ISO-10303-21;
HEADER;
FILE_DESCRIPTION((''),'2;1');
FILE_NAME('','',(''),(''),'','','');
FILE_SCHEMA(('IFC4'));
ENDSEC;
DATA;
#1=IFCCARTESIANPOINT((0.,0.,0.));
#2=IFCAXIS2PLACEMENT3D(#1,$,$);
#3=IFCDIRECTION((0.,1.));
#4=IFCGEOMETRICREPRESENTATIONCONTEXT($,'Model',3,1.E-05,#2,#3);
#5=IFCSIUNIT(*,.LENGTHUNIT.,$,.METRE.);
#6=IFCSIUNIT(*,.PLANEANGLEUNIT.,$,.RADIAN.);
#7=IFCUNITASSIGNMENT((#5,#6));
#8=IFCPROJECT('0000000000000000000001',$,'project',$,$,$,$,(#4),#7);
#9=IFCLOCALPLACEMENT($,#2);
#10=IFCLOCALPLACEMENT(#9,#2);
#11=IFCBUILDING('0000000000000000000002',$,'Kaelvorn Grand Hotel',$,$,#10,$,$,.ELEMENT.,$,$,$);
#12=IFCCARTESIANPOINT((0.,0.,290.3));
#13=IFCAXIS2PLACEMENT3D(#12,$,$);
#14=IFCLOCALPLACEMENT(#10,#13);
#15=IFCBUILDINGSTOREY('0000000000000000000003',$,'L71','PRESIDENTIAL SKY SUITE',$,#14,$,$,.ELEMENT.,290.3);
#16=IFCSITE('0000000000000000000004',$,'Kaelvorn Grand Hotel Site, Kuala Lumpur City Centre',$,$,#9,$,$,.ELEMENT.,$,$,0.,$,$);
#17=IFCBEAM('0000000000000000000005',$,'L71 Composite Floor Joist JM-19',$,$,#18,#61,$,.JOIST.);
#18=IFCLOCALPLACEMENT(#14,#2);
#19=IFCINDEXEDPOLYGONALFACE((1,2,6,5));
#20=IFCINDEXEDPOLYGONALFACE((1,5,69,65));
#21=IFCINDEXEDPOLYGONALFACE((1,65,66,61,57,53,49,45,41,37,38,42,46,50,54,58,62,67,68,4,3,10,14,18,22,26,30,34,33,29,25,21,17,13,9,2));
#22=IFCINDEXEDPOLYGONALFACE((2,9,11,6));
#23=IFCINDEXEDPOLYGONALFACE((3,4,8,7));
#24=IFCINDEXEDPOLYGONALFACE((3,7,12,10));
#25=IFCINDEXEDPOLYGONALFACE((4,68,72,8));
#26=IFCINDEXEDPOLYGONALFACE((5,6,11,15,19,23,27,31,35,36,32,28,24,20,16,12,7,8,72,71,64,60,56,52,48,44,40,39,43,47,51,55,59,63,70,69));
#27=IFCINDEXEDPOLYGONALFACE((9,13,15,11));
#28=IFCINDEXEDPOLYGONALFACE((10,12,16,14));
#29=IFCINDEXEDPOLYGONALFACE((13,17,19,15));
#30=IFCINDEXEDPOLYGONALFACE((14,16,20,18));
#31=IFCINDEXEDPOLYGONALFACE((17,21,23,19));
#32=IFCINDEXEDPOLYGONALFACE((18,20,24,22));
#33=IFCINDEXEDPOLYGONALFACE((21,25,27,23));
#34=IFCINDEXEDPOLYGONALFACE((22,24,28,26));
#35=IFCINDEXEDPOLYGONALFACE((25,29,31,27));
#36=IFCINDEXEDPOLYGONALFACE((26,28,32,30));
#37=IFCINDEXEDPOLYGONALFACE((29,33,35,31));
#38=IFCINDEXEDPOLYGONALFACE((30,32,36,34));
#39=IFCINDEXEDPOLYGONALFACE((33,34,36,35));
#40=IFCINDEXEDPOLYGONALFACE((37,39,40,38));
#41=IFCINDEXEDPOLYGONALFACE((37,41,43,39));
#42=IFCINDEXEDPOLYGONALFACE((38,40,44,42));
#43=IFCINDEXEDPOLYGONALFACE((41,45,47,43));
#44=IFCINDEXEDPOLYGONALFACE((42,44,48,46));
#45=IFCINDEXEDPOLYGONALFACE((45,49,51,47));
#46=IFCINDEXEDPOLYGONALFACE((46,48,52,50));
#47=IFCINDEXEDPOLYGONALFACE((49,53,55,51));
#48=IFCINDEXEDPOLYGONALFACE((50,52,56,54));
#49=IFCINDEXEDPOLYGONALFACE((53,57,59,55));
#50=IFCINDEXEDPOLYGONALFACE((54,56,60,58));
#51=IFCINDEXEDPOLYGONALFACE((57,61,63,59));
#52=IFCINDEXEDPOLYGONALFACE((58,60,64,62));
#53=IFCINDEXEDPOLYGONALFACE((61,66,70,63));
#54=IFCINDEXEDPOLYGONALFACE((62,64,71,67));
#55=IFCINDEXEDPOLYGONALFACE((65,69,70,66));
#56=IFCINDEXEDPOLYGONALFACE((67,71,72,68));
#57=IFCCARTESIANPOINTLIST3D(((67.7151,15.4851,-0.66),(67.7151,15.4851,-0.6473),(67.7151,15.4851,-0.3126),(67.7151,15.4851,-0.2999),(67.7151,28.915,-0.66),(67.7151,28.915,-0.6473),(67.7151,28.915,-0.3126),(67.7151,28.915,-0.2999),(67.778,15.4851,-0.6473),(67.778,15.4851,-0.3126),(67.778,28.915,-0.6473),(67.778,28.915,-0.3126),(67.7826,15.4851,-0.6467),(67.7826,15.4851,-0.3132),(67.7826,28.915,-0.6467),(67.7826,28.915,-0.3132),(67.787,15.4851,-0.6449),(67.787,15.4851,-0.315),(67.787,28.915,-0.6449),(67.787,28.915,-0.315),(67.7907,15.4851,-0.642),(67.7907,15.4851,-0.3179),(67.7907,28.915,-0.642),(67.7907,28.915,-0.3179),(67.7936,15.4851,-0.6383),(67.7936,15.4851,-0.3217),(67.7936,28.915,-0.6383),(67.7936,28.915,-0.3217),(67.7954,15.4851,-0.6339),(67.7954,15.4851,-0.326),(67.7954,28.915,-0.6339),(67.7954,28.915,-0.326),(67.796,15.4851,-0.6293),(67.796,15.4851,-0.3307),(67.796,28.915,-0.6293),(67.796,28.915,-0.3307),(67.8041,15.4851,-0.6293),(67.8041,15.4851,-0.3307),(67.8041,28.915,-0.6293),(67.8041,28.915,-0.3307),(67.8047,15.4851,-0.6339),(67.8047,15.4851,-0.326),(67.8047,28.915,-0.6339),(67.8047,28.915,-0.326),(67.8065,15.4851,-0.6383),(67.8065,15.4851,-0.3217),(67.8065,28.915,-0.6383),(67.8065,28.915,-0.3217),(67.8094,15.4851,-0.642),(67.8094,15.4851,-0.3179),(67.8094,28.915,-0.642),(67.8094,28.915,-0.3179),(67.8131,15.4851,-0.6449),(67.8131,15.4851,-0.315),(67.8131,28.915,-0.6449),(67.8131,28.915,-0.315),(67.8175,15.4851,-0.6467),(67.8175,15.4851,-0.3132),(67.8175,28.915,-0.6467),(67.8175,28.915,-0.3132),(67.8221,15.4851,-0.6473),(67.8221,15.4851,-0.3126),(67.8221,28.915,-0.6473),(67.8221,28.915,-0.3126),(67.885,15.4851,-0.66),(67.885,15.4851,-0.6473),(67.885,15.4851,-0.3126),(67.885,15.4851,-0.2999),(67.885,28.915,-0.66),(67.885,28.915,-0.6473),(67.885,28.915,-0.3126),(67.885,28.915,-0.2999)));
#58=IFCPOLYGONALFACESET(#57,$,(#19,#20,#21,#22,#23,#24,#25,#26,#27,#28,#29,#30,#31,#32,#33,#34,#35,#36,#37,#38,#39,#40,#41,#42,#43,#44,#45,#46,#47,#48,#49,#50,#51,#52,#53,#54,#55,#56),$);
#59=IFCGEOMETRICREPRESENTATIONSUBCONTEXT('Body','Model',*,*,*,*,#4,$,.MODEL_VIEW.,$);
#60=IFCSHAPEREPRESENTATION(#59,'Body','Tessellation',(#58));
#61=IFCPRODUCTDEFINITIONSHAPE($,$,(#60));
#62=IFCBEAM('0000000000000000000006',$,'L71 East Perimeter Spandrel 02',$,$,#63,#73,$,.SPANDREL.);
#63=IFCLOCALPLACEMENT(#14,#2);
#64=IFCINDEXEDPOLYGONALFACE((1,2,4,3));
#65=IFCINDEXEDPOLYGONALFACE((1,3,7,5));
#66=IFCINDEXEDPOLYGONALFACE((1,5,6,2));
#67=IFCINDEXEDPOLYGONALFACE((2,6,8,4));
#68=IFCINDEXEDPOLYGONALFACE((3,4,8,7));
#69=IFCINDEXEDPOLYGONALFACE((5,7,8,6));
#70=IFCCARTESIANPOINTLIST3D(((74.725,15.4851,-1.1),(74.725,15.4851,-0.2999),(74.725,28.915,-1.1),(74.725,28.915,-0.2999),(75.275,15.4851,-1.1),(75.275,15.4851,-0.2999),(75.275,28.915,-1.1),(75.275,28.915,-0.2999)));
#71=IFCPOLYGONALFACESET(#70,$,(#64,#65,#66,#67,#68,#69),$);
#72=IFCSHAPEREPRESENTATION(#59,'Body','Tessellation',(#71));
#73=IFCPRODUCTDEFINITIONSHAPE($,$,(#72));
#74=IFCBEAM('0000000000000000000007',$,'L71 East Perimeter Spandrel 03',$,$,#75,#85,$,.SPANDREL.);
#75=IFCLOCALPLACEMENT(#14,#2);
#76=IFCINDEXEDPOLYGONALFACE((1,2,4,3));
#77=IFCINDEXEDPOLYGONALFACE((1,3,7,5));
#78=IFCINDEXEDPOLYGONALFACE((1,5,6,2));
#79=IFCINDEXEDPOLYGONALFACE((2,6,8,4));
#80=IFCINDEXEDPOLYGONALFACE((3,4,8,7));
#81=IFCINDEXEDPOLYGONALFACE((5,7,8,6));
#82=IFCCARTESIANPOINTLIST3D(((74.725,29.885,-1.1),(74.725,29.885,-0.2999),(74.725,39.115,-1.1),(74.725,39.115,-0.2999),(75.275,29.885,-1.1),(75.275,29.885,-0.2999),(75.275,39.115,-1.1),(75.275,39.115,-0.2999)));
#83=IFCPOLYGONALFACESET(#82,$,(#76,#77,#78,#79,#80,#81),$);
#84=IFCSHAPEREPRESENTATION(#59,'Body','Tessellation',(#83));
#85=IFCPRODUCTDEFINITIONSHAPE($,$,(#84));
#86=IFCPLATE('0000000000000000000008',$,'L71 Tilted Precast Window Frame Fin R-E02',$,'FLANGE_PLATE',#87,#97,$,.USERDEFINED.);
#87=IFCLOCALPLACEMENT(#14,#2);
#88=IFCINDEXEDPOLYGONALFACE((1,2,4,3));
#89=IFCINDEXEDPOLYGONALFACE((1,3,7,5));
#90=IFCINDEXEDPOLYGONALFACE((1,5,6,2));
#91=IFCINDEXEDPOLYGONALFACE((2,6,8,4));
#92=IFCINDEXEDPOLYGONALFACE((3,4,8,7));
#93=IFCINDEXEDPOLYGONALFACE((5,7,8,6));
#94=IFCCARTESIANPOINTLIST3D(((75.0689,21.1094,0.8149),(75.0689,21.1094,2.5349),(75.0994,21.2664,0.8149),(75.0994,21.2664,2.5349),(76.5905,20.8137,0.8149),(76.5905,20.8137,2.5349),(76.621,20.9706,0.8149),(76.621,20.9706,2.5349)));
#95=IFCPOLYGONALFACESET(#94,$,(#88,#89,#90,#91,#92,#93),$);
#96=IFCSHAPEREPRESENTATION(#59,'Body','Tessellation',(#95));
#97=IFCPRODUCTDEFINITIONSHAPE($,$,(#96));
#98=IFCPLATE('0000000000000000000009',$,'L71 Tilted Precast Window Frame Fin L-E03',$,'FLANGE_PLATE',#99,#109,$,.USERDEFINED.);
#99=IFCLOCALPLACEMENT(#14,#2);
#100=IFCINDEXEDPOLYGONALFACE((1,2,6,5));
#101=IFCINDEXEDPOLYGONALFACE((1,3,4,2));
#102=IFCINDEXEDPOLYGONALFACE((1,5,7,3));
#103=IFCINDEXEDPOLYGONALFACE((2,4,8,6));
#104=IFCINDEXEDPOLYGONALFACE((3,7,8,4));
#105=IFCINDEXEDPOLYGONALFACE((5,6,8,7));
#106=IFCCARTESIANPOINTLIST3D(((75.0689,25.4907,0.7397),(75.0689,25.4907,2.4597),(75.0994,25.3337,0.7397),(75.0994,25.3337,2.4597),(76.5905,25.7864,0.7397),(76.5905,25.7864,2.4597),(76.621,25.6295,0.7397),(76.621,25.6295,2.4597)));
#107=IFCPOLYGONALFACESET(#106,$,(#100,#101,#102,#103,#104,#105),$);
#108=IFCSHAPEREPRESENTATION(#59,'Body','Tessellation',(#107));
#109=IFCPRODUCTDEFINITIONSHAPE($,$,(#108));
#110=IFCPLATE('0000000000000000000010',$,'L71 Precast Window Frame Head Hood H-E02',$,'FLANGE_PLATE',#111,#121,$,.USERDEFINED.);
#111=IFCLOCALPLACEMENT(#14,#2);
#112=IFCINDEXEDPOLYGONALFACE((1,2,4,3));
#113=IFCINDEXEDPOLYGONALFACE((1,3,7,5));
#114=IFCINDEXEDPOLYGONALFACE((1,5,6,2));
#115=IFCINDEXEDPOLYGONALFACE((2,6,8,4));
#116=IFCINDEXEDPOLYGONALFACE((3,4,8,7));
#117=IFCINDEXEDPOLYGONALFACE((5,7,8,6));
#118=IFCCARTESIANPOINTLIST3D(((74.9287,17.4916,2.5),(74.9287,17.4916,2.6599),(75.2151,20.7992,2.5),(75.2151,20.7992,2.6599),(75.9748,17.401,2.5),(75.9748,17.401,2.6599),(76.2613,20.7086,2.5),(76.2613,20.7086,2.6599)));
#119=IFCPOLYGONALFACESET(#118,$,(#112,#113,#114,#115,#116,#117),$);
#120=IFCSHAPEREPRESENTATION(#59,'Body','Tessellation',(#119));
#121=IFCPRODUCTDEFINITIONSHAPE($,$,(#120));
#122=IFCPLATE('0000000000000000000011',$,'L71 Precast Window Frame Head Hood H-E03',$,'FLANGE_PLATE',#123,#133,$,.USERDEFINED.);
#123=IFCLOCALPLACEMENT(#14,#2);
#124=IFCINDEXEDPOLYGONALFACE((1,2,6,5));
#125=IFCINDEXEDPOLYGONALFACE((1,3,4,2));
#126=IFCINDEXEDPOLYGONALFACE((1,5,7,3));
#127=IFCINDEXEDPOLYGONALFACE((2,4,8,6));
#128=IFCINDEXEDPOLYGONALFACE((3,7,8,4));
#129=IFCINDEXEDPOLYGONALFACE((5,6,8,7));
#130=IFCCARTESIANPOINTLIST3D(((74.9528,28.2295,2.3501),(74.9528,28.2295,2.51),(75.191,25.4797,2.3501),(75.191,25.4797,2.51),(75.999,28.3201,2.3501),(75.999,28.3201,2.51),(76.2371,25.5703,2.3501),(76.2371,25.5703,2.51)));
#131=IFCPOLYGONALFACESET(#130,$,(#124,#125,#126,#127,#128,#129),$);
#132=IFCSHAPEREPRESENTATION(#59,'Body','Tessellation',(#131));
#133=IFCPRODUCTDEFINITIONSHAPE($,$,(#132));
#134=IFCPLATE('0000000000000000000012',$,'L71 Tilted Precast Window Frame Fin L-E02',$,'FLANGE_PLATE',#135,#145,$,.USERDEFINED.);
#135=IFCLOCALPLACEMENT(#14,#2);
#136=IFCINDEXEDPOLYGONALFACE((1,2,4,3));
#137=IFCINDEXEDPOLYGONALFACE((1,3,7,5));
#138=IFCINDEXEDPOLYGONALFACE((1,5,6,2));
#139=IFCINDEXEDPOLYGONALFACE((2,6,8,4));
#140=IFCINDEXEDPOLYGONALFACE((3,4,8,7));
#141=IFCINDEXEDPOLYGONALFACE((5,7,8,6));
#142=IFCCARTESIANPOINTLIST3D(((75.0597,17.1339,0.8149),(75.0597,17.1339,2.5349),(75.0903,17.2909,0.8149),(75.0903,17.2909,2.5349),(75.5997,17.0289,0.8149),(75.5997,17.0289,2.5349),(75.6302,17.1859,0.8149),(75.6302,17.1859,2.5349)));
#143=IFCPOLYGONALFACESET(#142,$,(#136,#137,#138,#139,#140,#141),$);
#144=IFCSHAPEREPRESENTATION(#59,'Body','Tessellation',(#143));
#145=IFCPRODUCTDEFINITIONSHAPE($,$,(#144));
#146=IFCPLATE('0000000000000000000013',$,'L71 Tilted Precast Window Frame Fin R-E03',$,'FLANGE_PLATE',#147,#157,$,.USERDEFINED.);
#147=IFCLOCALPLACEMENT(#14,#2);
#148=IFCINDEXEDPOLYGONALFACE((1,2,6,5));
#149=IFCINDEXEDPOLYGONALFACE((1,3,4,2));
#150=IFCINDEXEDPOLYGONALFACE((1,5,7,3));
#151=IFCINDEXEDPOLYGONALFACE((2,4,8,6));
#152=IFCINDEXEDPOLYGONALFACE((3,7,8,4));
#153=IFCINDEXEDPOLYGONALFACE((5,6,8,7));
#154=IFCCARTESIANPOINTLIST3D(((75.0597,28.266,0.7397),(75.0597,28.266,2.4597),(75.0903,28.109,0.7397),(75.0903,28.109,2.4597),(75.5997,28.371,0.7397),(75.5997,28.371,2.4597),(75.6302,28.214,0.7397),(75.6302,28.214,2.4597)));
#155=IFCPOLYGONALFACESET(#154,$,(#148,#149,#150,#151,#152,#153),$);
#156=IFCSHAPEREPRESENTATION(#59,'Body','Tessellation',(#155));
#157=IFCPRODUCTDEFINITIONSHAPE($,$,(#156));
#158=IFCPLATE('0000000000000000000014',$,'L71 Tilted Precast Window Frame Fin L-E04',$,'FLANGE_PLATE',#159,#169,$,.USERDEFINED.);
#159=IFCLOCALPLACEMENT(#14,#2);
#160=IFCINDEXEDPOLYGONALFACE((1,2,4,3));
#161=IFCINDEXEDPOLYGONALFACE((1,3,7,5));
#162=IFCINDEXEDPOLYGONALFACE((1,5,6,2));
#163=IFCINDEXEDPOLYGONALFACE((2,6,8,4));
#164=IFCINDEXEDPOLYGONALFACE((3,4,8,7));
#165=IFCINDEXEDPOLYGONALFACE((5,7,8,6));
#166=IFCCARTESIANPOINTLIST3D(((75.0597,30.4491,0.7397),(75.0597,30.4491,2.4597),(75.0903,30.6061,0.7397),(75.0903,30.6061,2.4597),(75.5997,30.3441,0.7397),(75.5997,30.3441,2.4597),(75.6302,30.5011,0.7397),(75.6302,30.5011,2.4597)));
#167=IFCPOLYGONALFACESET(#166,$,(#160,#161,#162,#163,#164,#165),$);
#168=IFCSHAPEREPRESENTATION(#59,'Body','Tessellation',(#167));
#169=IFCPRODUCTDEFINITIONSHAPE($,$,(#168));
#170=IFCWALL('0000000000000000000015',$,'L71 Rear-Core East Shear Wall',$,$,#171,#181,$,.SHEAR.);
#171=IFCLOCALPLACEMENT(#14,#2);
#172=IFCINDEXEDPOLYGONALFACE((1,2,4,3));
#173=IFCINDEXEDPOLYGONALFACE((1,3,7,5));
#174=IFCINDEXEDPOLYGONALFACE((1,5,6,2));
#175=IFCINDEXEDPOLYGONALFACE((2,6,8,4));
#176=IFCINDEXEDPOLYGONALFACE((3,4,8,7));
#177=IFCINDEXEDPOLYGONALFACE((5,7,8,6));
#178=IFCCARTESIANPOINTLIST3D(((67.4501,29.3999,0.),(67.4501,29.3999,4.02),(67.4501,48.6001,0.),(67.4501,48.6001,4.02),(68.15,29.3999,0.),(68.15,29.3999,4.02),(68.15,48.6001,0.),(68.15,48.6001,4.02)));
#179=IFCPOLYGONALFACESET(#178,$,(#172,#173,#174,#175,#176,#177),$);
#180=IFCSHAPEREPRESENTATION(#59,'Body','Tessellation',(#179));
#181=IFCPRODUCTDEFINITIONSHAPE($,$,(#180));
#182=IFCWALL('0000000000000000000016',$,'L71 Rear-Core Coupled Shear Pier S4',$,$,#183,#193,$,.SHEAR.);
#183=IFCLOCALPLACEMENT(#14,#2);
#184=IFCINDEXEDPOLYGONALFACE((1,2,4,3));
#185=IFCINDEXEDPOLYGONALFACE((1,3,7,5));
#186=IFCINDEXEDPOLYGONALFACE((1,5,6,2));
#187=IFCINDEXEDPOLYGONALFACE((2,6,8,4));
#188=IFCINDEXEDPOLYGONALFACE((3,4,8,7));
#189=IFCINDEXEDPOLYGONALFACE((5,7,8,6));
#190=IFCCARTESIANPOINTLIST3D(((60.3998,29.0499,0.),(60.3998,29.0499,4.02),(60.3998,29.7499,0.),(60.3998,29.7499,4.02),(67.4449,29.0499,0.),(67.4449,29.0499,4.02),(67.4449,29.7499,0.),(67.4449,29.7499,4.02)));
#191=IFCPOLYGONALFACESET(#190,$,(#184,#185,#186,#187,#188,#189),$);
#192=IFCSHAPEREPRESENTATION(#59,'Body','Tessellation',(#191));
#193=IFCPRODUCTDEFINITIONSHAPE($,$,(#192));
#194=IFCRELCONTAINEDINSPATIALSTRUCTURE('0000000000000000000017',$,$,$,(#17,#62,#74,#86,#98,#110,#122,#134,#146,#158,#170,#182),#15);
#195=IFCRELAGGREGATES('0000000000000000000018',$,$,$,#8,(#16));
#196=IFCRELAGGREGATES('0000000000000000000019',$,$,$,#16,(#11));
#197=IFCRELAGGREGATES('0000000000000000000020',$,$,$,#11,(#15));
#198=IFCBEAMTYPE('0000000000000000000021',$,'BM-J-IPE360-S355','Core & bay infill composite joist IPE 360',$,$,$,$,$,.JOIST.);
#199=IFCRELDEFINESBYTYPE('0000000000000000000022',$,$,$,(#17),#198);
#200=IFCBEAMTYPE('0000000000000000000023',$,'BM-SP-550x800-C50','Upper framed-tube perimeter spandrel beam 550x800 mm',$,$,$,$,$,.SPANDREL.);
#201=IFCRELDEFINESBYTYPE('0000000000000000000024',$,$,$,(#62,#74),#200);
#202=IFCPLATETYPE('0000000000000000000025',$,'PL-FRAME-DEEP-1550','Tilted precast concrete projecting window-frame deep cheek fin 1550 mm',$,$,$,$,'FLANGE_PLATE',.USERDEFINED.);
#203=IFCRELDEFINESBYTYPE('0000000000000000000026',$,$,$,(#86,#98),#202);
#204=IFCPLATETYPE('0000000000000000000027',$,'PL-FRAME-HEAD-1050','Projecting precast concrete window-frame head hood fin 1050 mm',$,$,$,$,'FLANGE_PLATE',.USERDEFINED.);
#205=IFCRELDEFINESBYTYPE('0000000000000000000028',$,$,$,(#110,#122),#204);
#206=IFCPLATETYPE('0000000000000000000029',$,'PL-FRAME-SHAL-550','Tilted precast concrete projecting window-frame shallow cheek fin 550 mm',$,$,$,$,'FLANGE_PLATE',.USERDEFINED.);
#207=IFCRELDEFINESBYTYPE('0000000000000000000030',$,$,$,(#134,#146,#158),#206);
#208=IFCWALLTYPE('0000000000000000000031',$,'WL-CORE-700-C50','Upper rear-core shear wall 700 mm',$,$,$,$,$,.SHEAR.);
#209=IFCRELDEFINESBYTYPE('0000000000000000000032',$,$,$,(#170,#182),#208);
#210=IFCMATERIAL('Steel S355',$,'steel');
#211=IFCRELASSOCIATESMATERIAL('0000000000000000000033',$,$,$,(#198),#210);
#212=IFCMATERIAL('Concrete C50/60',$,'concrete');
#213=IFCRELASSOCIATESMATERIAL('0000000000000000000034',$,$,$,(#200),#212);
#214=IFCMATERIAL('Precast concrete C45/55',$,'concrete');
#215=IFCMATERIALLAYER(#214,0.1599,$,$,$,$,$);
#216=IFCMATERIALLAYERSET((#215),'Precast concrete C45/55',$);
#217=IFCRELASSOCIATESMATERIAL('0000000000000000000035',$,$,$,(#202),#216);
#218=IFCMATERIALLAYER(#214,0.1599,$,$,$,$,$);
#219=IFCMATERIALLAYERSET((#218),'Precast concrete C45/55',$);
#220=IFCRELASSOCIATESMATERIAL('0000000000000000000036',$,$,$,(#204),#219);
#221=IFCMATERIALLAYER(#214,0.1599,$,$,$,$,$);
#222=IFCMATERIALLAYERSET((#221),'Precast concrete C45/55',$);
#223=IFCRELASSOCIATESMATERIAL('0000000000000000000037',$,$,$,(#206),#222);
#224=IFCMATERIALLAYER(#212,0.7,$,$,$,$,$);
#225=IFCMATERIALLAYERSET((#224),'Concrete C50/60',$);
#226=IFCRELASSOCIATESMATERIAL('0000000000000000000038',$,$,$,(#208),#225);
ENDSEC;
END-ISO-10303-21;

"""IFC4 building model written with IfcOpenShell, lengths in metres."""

from ifc_helpers import new_model, si_unit, direction, frame, frame_2d, origin, origin_2d, place, context, subcontext, project, spatial, rectangle, i_section, extrude, material, layer, layer_set, material_profile, profile_set, type_object, element, save


model = new_model("IFC4")

# Units and contexts
model_context = context("Model", 3, precision=1e-05, world=origin(), true_north=direction((0.0, 1.0)))
body_context = subcontext(model_context, "Body", "Model", "MODEL_VIEW")
ifc_project = project(units=[si_unit("LENGTHUNIT", "METRE"), si_unit("PLANEANGLEUNIT", "RADIAN")], contexts=[model_context])

# Site, building, storey
site_placement = place(None, origin())
site = spatial("IfcSite", under=ifc_project, at=site_placement, Name="Kaelvorn Grand Hotel Site, Kuala Lumpur City Centre", CompositionType="ELEMENT", RefElevation=0.0)
building_placement = place(site_placement, origin())
building = spatial("IfcBuilding", under=site, at=building_placement, Name="Kaelvorn Grand Hotel", CompositionType="ELEMENT")
storey_placement = place(building_placement, frame((0.0, 0.0, 290.3)))
storey = spatial("IfcBuildingStorey", under=building, at=storey_placement, Name="L71", Description="PRESIDENTIAL SKY SUITE", CompositionType="ELEMENT", Elevation=290.3)

# Shared definitions
ifc_material_1 = material(Name="Concrete C50/60", Category="concrete")

# Beams
ifc_material_2 = material(Name="Steel S355", Category="steel")
ifc_material_profile_1 = material_profile(ifc_material_2, i_section(OverallWidth=0.1699, OverallDepth=0.3601, WebThickness=0.0081, FlangeThickness=0.0127, FilletRadius=0.0181, at=origin_2d()), Name="IPE 360")
ifc_profile_set_1 = profile_set([ifc_material_profile_1], Name="Steel S355")
beam_type_1 = type_object("IfcBeamType", Name="BM-J-IPE360-S355", Description="Core & bay infill composite joist IPE 360", PredefinedType="JOIST", material=ifc_profile_set_1)
beam_1_placement = place(storey_placement, frame((67.8, 15.4851, -0.48), z_axis=(0.0, 1.0, 0.0), x_axis=(-1.0, 0.0, 0.0)))
element("IfcBeam", 1, at=beam_1_placement, inside=storey, type_object=beam_type_1, Name="L71 Composite Floor Joist JM-19", PredefinedType="JOIST", context=body_context, shape_type="SweptSolid", body=[
    extrude(i_section(OverallWidth=0.1699, OverallDepth=0.3601, WebThickness=0.0081, FlangeThickness=0.0127, FilletRadius=0.0181, at=origin_2d()), origin(), (0.0, 0.0, 1.0), 13.4299),
])
ifc_material_profile_2 = material_profile(ifc_material_1, rectangle(XDim=0.55, YDim=0.8, at=origin_2d()), Name="RC SPANDREL 550x800")
ifc_profile_set_2 = profile_set([ifc_material_profile_2], Name="Concrete C50/60")
beam_type_2 = type_object("IfcBeamType", Name="BM-SP-550x800-C50", Description="Upper framed-tube perimeter spandrel beam 550x800 mm", PredefinedType="SPANDREL", material=ifc_profile_set_2)
beam_2_placement = place(storey_placement, frame((75.0, 15.4851, -0.7), z_axis=(0.0, 1.0, 0.0), x_axis=(-1.0, 0.0, 0.0)))
element("IfcBeam", 2, at=beam_2_placement, inside=storey, type_object=beam_type_2, Name="L71 East Perimeter Spandrel 02", PredefinedType="SPANDREL", context=body_context, shape_type="SweptSolid", body=[
    extrude(rectangle(XDim=0.55, YDim=0.8, at=origin_2d()), origin(), (0.0, 0.0, 1.0), 13.4299),
])
beam_3_placement = place(storey_placement, frame((75.0, 29.885, -0.7), z_axis=(0.0, 1.0, 0.0), x_axis=(-1.0, 0.0, 0.0)))
element("IfcBeam", 3, at=beam_3_placement, inside=storey, type_object=beam_type_2, Name="L71 East Perimeter Spandrel 03", PredefinedType="SPANDREL", context=body_context, shape_type="SweptSolid", body=[
    extrude(rectangle(XDim=0.55, YDim=0.8, at=origin_2d()), origin(), (0.0, 0.0, 1.0), 9.23),
])

# Plates
ifc_material_3 = material(Name="Precast concrete C45/55", Category="concrete")
ifc_layer_1 = layer(ifc_material_3, 0.1599)
ifc_layer_set_1 = layer_set([ifc_layer_1], Name="Precast concrete C45/55")
plate_type_1 = type_object("IfcPlateType", Name="PL-FRAME-DEEP-1550", Description="Tilted precast concrete projecting window-frame deep cheek fin 1550 mm", ElementType="FLANGE_PLATE", PredefinedType="USERDEFINED", material=ifc_layer_set_1)
for number, where, z_axis, x_axis, name in (
    (4, (75.845, 21.04, 0.8149), (0.0, 0.0, 1.0), (0.190809, 0.981627, 0.0), "L71 Tilted Precast Window Frame Fin R-E02"),
    (5, (75.845, 25.5601, 0.7397), (0.0, 0.0, 1.0), (-0.190809, 0.981627, 0.0), "L71 Tilted Precast Window Frame Fin L-E03"),
):
    element("IfcPlate", number, at=place(storey_placement, frame(where, z_axis=z_axis, x_axis=x_axis)), inside=storey, type_object=plate_type_1, Name=name, ObjectType="FLANGE_PLATE", PredefinedType="USERDEFINED", context=body_context, shape_type="SweptSolid", body=[
        extrude(rectangle(XDim=0.1599, YDim=1.55, at=origin_2d()), origin(), (0.0, 0.0, 1.0), 1.72),
    ])
ifc_layer_2 = layer(ifc_material_3, 0.1599)
ifc_layer_set_2 = layer_set([ifc_layer_2], Name="Precast concrete C45/55")
plate_type_2 = type_object("IfcPlateType", Name="PL-FRAME-HEAD-1050", Description="Projecting precast concrete window-frame head hood fin 1050 mm", ElementType="FLANGE_PLATE", PredefinedType="USERDEFINED", material=ifc_layer_set_2)
plate_1_placement = place(storey_placement, frame((75.595, 19.1001, 2.5), z_axis=(0.0, 0.0, 1.0), x_axis=(0.086286, 0.99627, 0.0)))
element("IfcPlate", 6, at=plate_1_placement, inside=storey, type_object=plate_type_2, Name="L71 Precast Window Frame Head Hood H-E02", ObjectType="FLANGE_PLATE", PredefinedType="USERDEFINED", context=body_context, shape_type="SweptSolid", body=[
    extrude(rectangle(XDim=3.3201, YDim=1.05, at=origin_2d()), origin(), (0.0, 0.0, 1.0), 0.1599),
])
plate_2_placement = place(storey_placement, frame((75.595, 26.8999, 2.3501), z_axis=(0.0, 0.0, 1.0), x_axis=(-0.086286, 0.99627, 0.0)))
element("IfcPlate", 7, at=plate_2_placement, inside=storey, type_object=plate_type_2, Name="L71 Precast Window Frame Head Hood H-E03", ObjectType="FLANGE_PLATE", PredefinedType="USERDEFINED", context=body_context, shape_type="SweptSolid", body=[
    extrude(rectangle(XDim=2.76, YDim=1.05, at=origin_2d()), origin(), (0.0, 0.0, 1.0), 0.1599),
])
ifc_layer_3 = layer(ifc_material_3, 0.1599)
ifc_layer_set_3 = layer_set([ifc_layer_3], Name="Precast concrete C45/55")
plate_type_3 = type_object("IfcPlateType", Name="PL-FRAME-SHAL-550", Description="Tilted precast concrete projecting window-frame shallow cheek fin 550 mm", ElementType="FLANGE_PLATE", PredefinedType="USERDEFINED", material=ifc_layer_set_3)
for number, where, z_axis, x_axis, name in (
    (8, (75.345, 17.1599, 0.8149), (0.0, 0.0, 1.0), (0.190809, 0.981627, 0.0), "L71 Tilted Precast Window Frame Fin L-E02"),
    (9, (75.345, 28.24, 0.7397), (0.0, 0.0, 1.0), (-0.190809, 0.981627, 0.0), "L71 Tilted Precast Window Frame Fin R-E03"),
    (10, (75.345, 30.4751, 0.7397), (0.0, 0.0, 1.0), (0.190809, 0.981627, 0.0), "L71 Tilted Precast Window Frame Fin L-E04"),
):
    element("IfcPlate", number, at=place(storey_placement, frame(where, z_axis=z_axis, x_axis=x_axis)), inside=storey, type_object=plate_type_3, Name=name, ObjectType="FLANGE_PLATE", PredefinedType="USERDEFINED", context=body_context, shape_type="SweptSolid", body=[
        extrude(rectangle(XDim=0.1599, YDim=0.55, at=origin_2d()), origin(), (0.0, 0.0, 1.0), 1.72),
    ])

# Walls
ifc_layer_4 = layer(ifc_material_1, 0.7)
ifc_layer_set_4 = layer_set([ifc_layer_4], Name="Concrete C50/60")
wall_type_1 = type_object("IfcWallType", Name="WL-CORE-700-C50", Description="Upper rear-core shear wall 700 mm", PredefinedType="SHEAR", material=ifc_layer_set_4)
wall_1_placement = place(storey_placement, frame((67.8, 29.3999, 0.0), z_axis=(0.0, 0.0, 1.0), x_axis=(0.0, 1.0, 0.0)))
element("IfcWall", 11, at=wall_1_placement, inside=storey, type_object=wall_type_1, Name="L71 Rear-Core East Shear Wall", PredefinedType="SHEAR", context=body_context, shape_type="SweptSolid", body=[
    extrude(rectangle(XDim=19.2002, YDim=0.7, at=frame_2d((9.6001, 0.0))), origin(), (0.0, 0.0, 1.0), 4.02),
])
wall_2_placement = place(storey_placement, frame((60.3999, 29.3999, 0.0), z_axis=(0.0, 0.0, 1.0), x_axis=(1.0, 0.0, 0.0)))
element("IfcWall", 12, at=wall_2_placement, inside=storey, type_object=wall_type_1, Name="L71 Rear-Core Coupled Shear Pier S4", PredefinedType="SHEAR", context=body_context, shape_type="SweptSolid", body=[
    extrude(rectangle(XDim=7.0452, YDim=0.7, at=frame_2d((3.5225, 0.0))), origin(), (0.0, 0.0, 1.0), 4.02),
])

save(model, "model.ifc")
